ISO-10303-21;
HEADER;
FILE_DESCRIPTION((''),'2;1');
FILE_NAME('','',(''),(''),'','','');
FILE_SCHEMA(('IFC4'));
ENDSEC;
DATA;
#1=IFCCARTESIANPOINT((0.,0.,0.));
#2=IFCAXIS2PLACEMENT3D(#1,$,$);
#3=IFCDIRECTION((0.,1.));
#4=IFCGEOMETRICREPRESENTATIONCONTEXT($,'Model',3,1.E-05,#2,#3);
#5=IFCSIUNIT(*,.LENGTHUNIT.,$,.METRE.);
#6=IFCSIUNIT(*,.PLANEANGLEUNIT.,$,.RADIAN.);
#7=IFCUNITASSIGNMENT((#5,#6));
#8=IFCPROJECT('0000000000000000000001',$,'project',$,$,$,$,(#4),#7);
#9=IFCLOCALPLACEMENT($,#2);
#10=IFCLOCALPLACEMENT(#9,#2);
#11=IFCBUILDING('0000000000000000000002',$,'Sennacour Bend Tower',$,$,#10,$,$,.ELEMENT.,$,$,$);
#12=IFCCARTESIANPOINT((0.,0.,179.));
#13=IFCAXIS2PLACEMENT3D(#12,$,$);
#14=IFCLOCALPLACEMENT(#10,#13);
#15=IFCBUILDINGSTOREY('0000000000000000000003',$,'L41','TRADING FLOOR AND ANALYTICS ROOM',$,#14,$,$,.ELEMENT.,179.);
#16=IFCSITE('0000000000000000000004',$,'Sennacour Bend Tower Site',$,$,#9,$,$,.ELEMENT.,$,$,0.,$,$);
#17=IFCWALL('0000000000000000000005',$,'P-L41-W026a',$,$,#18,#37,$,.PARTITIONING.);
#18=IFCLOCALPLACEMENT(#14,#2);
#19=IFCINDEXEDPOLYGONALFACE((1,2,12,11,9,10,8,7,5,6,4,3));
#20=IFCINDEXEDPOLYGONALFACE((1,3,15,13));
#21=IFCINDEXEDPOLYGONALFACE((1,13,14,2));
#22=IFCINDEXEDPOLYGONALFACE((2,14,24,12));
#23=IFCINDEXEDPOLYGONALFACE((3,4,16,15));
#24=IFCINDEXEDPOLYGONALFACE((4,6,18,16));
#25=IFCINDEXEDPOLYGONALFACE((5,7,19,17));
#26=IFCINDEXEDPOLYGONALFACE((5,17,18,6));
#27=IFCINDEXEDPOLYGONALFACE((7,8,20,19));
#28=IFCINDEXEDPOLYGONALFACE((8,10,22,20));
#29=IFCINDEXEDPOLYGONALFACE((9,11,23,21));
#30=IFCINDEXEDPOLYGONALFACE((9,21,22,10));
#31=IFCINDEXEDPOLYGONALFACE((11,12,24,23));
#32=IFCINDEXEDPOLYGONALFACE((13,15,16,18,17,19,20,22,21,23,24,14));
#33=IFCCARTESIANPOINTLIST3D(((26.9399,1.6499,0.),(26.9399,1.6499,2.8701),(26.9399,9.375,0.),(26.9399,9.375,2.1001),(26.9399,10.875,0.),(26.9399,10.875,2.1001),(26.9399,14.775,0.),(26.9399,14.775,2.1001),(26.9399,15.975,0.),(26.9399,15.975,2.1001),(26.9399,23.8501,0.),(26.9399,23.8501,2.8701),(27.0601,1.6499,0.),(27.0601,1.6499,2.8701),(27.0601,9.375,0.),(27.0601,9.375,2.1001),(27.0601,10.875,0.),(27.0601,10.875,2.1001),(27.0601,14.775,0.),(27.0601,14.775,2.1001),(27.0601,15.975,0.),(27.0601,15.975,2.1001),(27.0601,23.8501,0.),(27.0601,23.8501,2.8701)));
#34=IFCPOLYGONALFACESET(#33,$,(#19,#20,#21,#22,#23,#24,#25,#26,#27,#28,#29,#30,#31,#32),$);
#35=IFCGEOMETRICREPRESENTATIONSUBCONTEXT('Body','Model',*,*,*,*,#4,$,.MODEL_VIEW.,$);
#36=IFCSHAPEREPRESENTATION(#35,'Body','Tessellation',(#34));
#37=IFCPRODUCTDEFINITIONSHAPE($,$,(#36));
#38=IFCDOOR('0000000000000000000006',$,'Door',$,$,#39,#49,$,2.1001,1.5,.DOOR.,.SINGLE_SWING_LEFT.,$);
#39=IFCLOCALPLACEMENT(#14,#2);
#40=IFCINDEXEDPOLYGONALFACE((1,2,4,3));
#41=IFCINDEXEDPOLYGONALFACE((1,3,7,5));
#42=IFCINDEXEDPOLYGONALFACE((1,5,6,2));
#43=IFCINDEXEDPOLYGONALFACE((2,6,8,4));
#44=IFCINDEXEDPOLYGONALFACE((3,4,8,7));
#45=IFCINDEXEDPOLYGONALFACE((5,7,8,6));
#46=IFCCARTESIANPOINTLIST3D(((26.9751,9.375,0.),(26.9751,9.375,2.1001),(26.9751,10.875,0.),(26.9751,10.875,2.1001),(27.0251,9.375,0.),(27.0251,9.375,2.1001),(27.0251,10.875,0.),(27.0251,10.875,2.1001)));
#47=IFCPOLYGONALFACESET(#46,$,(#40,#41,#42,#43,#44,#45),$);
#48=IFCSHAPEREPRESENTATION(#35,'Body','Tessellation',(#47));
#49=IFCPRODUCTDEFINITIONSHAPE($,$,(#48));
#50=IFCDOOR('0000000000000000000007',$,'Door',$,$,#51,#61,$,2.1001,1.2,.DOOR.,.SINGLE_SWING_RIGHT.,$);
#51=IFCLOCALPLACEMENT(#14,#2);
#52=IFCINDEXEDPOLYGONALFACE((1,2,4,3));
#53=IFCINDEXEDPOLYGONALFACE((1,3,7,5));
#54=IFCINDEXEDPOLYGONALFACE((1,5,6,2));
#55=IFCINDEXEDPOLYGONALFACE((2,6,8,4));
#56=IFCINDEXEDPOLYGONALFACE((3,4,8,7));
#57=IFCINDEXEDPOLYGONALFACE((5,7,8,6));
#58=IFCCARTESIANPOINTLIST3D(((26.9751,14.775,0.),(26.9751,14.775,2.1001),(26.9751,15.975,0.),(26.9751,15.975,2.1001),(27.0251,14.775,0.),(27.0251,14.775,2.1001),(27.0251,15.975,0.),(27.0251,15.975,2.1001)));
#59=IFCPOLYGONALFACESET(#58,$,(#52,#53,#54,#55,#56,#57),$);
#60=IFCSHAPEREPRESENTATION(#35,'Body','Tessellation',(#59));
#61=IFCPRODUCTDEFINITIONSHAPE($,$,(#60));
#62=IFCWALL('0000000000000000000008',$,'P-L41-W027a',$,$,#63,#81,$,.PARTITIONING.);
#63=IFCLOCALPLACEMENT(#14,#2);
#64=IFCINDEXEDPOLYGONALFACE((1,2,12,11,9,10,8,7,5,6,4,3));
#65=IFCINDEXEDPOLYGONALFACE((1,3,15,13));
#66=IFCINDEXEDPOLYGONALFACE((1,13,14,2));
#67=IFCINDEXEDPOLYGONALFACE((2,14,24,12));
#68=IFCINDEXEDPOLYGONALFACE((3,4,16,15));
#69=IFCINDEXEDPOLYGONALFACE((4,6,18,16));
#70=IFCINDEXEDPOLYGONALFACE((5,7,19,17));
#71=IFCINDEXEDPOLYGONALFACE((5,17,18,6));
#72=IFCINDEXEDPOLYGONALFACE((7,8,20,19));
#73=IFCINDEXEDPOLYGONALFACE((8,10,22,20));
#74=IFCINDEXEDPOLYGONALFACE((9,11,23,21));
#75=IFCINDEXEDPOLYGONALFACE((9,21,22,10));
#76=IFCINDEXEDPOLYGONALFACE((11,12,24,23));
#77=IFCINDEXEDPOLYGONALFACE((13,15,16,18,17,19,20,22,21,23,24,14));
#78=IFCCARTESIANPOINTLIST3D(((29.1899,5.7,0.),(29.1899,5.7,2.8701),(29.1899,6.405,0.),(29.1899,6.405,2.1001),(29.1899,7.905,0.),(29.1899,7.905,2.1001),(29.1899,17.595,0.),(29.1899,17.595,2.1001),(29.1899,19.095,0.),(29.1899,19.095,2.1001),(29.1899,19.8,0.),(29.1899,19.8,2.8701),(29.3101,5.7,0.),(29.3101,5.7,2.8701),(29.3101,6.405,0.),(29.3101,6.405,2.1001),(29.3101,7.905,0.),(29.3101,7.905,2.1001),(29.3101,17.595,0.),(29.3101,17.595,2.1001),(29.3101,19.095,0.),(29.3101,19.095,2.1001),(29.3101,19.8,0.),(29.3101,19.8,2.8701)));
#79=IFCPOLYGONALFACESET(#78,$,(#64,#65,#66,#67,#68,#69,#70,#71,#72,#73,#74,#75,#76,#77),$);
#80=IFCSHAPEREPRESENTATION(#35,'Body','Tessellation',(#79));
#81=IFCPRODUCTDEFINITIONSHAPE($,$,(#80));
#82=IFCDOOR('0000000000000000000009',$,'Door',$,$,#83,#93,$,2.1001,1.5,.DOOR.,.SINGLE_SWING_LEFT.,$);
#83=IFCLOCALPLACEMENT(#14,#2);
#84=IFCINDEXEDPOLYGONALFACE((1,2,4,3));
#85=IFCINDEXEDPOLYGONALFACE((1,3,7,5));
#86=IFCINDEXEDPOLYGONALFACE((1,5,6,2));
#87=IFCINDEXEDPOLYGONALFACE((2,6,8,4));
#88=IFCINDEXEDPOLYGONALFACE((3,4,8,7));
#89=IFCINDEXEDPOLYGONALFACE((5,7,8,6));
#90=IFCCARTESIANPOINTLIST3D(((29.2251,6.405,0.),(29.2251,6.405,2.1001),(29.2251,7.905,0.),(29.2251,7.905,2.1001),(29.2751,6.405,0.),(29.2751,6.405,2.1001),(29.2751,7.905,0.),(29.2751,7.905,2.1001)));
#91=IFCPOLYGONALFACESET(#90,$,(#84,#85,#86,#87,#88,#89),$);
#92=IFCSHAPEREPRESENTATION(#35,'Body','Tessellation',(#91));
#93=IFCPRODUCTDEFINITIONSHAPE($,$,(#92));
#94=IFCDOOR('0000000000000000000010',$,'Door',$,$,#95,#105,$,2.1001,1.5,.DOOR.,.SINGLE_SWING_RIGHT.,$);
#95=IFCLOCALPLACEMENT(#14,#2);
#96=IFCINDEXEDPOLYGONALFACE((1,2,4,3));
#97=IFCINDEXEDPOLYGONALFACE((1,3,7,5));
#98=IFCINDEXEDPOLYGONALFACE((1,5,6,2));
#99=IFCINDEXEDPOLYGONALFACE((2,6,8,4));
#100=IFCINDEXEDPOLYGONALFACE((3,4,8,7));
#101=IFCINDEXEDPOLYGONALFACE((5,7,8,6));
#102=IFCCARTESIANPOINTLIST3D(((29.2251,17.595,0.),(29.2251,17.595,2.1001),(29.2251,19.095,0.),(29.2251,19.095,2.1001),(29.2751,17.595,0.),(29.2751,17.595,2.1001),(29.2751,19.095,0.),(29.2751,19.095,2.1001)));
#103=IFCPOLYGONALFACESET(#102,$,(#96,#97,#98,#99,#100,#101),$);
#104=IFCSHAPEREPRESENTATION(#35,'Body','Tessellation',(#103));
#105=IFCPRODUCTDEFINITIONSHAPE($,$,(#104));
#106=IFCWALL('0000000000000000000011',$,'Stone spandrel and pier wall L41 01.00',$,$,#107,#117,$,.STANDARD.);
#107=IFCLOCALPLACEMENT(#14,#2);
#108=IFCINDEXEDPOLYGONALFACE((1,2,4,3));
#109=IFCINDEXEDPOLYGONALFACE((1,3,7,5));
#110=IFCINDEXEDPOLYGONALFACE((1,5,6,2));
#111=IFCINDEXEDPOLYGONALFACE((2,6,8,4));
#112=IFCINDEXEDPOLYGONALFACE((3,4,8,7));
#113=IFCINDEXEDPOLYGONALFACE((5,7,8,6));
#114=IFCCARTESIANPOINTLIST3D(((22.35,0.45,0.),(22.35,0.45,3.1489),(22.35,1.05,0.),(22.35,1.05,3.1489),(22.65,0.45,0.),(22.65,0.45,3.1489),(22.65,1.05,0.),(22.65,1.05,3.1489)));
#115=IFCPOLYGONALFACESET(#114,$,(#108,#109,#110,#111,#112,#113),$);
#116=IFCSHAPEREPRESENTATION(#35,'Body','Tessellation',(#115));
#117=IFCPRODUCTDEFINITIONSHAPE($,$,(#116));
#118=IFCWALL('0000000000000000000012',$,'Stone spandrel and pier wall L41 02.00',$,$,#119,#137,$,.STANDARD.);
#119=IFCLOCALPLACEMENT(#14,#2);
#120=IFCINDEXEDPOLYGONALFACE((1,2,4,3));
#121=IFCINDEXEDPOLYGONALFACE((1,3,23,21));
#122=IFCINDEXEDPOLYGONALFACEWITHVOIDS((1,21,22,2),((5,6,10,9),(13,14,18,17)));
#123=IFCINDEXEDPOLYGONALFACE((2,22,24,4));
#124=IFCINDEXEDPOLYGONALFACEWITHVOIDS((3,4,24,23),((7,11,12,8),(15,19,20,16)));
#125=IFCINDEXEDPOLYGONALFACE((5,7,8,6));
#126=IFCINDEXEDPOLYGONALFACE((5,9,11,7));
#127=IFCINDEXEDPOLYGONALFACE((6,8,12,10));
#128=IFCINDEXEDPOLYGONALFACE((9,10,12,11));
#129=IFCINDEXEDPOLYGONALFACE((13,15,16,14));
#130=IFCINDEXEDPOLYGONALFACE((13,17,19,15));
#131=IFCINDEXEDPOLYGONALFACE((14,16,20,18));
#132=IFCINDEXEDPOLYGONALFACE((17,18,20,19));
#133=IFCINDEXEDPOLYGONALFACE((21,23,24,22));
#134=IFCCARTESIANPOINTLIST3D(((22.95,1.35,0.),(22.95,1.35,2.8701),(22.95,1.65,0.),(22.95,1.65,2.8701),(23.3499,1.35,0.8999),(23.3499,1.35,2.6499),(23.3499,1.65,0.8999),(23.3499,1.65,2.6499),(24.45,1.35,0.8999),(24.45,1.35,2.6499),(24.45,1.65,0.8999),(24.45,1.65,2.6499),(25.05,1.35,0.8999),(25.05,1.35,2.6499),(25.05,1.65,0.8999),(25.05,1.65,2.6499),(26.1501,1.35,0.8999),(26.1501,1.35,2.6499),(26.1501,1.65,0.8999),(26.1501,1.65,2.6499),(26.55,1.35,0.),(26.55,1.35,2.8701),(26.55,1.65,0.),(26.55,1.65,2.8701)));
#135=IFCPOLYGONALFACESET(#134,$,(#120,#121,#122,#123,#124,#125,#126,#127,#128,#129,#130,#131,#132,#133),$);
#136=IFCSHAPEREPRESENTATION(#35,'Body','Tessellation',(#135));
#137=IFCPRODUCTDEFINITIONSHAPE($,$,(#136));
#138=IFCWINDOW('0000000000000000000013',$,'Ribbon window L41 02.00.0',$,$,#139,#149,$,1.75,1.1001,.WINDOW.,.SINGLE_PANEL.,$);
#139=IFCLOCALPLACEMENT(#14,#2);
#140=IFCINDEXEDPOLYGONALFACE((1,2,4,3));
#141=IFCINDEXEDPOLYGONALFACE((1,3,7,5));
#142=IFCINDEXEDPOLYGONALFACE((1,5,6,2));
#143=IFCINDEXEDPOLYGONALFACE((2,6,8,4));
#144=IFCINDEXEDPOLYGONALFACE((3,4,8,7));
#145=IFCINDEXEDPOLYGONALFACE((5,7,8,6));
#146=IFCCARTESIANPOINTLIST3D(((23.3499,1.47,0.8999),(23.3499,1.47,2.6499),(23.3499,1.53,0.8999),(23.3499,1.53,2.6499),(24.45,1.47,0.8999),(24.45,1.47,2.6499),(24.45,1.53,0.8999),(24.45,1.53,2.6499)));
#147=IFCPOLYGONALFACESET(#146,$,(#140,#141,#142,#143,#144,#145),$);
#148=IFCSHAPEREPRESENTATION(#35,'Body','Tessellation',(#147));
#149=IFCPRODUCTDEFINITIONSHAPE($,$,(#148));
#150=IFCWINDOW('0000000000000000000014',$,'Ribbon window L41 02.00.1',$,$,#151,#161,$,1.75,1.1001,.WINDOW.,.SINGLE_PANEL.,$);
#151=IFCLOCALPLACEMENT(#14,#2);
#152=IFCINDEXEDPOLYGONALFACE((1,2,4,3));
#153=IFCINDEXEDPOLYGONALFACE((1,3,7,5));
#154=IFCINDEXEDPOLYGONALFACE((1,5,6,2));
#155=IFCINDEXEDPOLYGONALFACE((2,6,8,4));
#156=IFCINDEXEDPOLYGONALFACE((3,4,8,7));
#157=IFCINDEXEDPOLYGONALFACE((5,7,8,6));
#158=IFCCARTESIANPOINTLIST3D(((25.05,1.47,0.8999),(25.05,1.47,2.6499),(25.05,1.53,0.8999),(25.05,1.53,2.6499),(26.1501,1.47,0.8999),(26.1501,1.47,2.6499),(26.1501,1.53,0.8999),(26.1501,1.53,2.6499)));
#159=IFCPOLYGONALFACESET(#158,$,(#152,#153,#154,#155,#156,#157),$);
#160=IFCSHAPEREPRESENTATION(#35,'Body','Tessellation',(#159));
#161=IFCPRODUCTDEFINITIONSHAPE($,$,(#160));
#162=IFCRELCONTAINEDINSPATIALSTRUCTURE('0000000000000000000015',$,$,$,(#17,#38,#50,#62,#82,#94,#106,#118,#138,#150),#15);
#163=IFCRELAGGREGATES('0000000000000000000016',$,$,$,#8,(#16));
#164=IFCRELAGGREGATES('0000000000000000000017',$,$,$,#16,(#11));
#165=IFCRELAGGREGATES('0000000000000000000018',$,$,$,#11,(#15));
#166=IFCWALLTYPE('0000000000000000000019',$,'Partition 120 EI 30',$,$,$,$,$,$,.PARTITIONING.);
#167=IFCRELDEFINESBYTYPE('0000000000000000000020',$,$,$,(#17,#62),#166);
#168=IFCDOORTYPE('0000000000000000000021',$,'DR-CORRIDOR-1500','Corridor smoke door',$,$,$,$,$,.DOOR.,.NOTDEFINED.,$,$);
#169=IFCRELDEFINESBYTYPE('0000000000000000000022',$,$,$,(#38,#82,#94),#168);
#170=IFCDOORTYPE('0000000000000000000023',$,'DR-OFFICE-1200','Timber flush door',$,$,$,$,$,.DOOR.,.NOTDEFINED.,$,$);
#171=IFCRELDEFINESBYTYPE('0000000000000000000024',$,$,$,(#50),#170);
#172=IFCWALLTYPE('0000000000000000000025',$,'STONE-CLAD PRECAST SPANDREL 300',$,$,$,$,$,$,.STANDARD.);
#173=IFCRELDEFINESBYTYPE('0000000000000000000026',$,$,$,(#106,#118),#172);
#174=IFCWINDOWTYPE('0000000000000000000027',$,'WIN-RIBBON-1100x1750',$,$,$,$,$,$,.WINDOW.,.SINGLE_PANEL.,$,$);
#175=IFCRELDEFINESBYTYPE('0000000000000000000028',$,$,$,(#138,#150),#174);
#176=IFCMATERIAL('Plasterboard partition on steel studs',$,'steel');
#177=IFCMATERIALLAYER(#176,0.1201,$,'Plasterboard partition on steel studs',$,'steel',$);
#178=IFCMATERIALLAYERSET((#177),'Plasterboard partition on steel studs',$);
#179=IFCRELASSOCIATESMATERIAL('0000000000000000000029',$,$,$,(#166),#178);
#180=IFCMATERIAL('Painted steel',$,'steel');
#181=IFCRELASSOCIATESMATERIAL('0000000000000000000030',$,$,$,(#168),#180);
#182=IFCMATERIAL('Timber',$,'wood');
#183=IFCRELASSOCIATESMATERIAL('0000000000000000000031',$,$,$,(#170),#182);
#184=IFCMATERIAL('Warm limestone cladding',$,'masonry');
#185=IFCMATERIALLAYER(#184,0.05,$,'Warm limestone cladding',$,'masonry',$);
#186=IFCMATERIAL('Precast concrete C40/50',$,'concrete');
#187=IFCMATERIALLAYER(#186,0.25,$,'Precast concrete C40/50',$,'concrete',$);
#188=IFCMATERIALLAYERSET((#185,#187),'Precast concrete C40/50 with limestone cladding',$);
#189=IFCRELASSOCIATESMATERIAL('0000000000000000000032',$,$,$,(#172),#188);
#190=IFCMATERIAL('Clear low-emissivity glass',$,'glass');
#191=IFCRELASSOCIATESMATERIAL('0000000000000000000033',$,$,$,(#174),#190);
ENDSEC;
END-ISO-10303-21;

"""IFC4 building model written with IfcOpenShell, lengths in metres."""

from ifc_helpers import new_model, si_unit, direction, frame, frame_2d, origin, place, context, subcontext, project, spatial, rectangle, extrude, material, layer, layer_set, type_object, element, fill, save


model = new_model("IFC4")

# Units and contexts
model_context = context("Model", 3, precision=1e-05, world=origin(), true_north=direction((0.0, 1.0)))
body_context = subcontext(model_context, "Body", "Model", "MODEL_VIEW")
ifc_project = project(units=[si_unit("LENGTHUNIT", "METRE"), si_unit("PLANEANGLEUNIT", "RADIAN")], contexts=[model_context])

# Site, building, storey
site_placement = place(None, origin())
site = spatial("IfcSite", under=ifc_project, at=site_placement, Name="Sennacour Bend Tower Site", CompositionType="ELEMENT", RefElevation=0.0)
building_placement = place(site_placement, origin())
building = spatial("IfcBuilding", under=site, at=building_placement, Name="Sennacour Bend Tower", CompositionType="ELEMENT")
storey_placement = place(building_placement, frame((0.0, 0.0, 179.0)))
storey = spatial("IfcBuildingStorey", under=building, at=storey_placement, Name="L41", Description="TRADING FLOOR AND ANALYTICS ROOM", CompositionType="ELEMENT", Elevation=179.0)

# Shared definitions
ifc_material_1 = material(Name="Plasterboard partition on steel studs", Category="steel")

# Shared definitions
ifc_material_2 = material(Name="Timber", Category="wood")

# Walls, openings, doors
ifc_layer_1 = layer(ifc_material_1, 0.1201, Name="Plasterboard partition on steel studs", Category="steel")
ifc_layer_set_1 = layer_set([ifc_layer_1], Name="Plasterboard partition on steel studs")
wall_type_1 = type_object("IfcWallType", Name="Partition 120 EI 30", PredefinedType="PARTITIONING", material=ifc_layer_set_1)
wall_1_placement = place(storey_placement, frame((27.0, 1.6499, 0.0), z_axis=(0.0, 0.0, 1.0), x_axis=(0.0, 1.0, 0.0)))
wall_1 = element("IfcWall", 1, at=wall_1_placement, inside=storey, type_object=wall_type_1, Name="P-L41-W026a", PredefinedType="PARTITIONING", context=body_context, shape_type="SweptSolid", body=[
    extrude(rectangle(XDim=22.2002, YDim=0.1201, at=frame_2d((11.1001, 0.0))), origin(), (0.0, 0.0, 1.0), 2.8701),
])
opening_1_placement = place(wall_1_placement, frame((7.7251, 0.0, 0.0)))
opening_1 = element("IfcOpeningElement", 2, at=opening_1_placement, cuts=wall_1, PredefinedType="OPENING", context=body_context, shape_type="SweptSolid", body=[
    extrude(rectangle(XDim=1.5, YDim=2.1001, at=frame_2d((0.75, 1.05))), frame((0.0, 0.0701, 0.0), z_axis=(0.0, -1.0, 0.0), x_axis=(1.0, 0.0, 0.0)), (0.0, 0.0, 1.0), 0.1401),
])
opening_2_placement = place(wall_1_placement, frame((13.125, 0.0, 0.0)))
opening_2 = element("IfcOpeningElement", 3, at=opening_2_placement, cuts=wall_1, PredefinedType="OPENING", context=body_context, shape_type="SweptSolid", body=[
    extrude(rectangle(XDim=1.2, YDim=2.1001, at=frame_2d((0.6001, 1.05))), frame((0.0, 0.0701, 0.0), z_axis=(0.0, -1.0, 0.0), x_axis=(1.0, 0.0, 0.0)), (0.0, 0.0, 1.0), 0.1401),
])
ifc_material_3 = material(Name="Painted steel", Category="steel")
door_type_1 = type_object("IfcDoorType", Name="DR-CORRIDOR-1500", Description="Corridor smoke door", OperationType="NOTDEFINED", PredefinedType="DOOR", material=ifc_material_3)
door_1_placement = place(opening_1_placement, origin())
door_1 = element("IfcDoor", 4, at=door_1_placement, inside=storey, type_object=door_type_1, Name="Door", OperationType="SINGLE_SWING_LEFT", OverallHeight=2.1001, OverallWidth=1.5, PredefinedType="DOOR", context=body_context, shape_type="SweptSolid", body=[
    extrude(rectangle(XDim=1.5, YDim=2.1001, at=frame_2d((0.75, 1.05))), frame((0.0, 0.0249, 0.0), z_axis=(0.0, -1.0, 0.0), x_axis=(1.0, 0.0, 0.0)), (0.0, 0.0, 1.0), 0.05),
])
fill(opening_1, door_1)
door_type_2 = type_object("IfcDoorType", Name="DR-OFFICE-1200", Description="Timber flush door", OperationType="NOTDEFINED", PredefinedType="DOOR", material=ifc_material_2)
door_2_placement = place(opening_2_placement, origin())
door_2 = element("IfcDoor", 5, at=door_2_placement, inside=storey, type_object=door_type_2, Name="Door", OperationType="SINGLE_SWING_RIGHT", OverallHeight=2.1001, OverallWidth=1.2, PredefinedType="DOOR", context=body_context, shape_type="SweptSolid", body=[
    extrude(rectangle(XDim=1.2, YDim=2.1001, at=frame_2d((0.6001, 1.05))), frame((0.0, 0.0249, 0.0), z_axis=(0.0, -1.0, 0.0), x_axis=(1.0, 0.0, 0.0)), (0.0, 0.0, 1.0), 0.05),
])
fill(opening_2, door_2)
wall_2_placement = place(storey_placement, frame((29.25, 5.7, 0.0), z_axis=(0.0, 0.0, 1.0), x_axis=(0.0, 1.0, 0.0)))
wall_2 = element("IfcWall", 6, at=wall_2_placement, inside=storey, type_object=wall_type_1, Name="P-L41-W027a", PredefinedType="PARTITIONING", context=body_context, shape_type="SweptSolid", body=[
    extrude(rectangle(XDim=14.1001, YDim=0.1201, at=frame_2d((7.05, 0.0))), origin(), (0.0, 0.0, 1.0), 2.8701),
])
opening_3_placement = place(wall_2_placement, frame((0.7051, 0.0, 0.0)))
opening_3 = element("IfcOpeningElement", 7, at=opening_3_placement, cuts=wall_2, PredefinedType="OPENING", context=body_context, shape_type="SweptSolid", body=[
    extrude(rectangle(XDim=1.5, YDim=2.1001, at=frame_2d((0.75, 1.05))), frame((0.0, 0.0701, 0.0), z_axis=(0.0, -1.0, 0.0), x_axis=(1.0, 0.0, 0.0)), (0.0, 0.0, 1.0), 0.1401),
])
opening_4_placement = place(wall_2_placement, frame((11.895, 0.0, 0.0)))
opening_4 = element("IfcOpeningElement", 8, at=opening_4_placement, cuts=wall_2, PredefinedType="OPENING", context=body_context, shape_type="SweptSolid", body=[
    extrude(rectangle(XDim=1.5, YDim=2.1001, at=frame_2d((0.75, 1.05))), frame((0.0, 0.0701, 0.0), z_axis=(0.0, -1.0, 0.0), x_axis=(1.0, 0.0, 0.0)), (0.0, 0.0, 1.0), 0.1401),
])
door_3_placement = place(opening_3_placement, origin())
door_3 = element("IfcDoor", 9, at=door_3_placement, inside=storey, type_object=door_type_1, Name="Door", OperationType="SINGLE_SWING_LEFT", OverallHeight=2.1001, OverallWidth=1.5, PredefinedType="DOOR", context=body_context, shape_type="SweptSolid", body=[
    extrude(rectangle(XDim=1.5, YDim=2.1001, at=frame_2d((0.75, 1.05))), frame((0.0, 0.0249, 0.0), z_axis=(0.0, -1.0, 0.0), x_axis=(1.0, 0.0, 0.0)), (0.0, 0.0, 1.0), 0.05),
])
fill(opening_3, door_3)
door_4_placement = place(opening_4_placement, origin())
door_4 = element("IfcDoor", 10, at=door_4_placement, inside=storey, type_object=door_type_1, Name="Door", OperationType="SINGLE_SWING_RIGHT", OverallHeight=2.1001, OverallWidth=1.5, PredefinedType="DOOR", context=body_context, shape_type="SweptSolid", body=[
    extrude(rectangle(XDim=1.5, YDim=2.1001, at=frame_2d((0.75, 1.05))), frame((0.0, 0.0249, 0.0), z_axis=(0.0, -1.0, 0.0), x_axis=(1.0, 0.0, 0.0)), (0.0, 0.0, 1.0), 0.05),
])
fill(opening_4, door_4)

# Wall
ifc_material_4 = material(Name="Warm limestone cladding", Category="masonry")
ifc_layer_2 = layer(ifc_material_4, 0.05, Name="Warm limestone cladding", Category="masonry")
ifc_material_5 = material(Name="Precast concrete C40/50", Category="concrete")
ifc_layer_3 = layer(ifc_material_5, 0.25, Name="Precast concrete C40/50", Category="concrete")
ifc_layer_set_2 = layer_set([ifc_layer_2, ifc_layer_3], Name="Precast concrete C40/50 with limestone cladding")
wall_type_2 = type_object("IfcWallType", Name="STONE-CLAD PRECAST SPANDREL 300", PredefinedType="STANDARD", material=ifc_layer_set_2)
wall_3_placement = place(storey_placement, frame((22.5, 0.45, 0.0), z_axis=(0.0, 0.0, 1.0), x_axis=(0.0, 1.0, 0.0)))
element("IfcWall", 11, at=wall_3_placement, inside=storey, type_object=wall_type_2, Name="Stone spandrel and pier wall L41 01.00", PredefinedType="STANDARD", context=body_context, shape_type="SweptSolid", body=[
    extrude(rectangle(XDim=0.6001, YDim=0.3, at=frame_2d((0.3, 0.0))), origin(), (0.0, 0.0, 1.0), 3.1489),
])

# Wall, openings, windows
wall_4_placement = place(storey_placement, frame((22.95, 1.5, 0.0), z_axis=(0.0, 0.0, 1.0), x_axis=(1.0, 0.0, 0.0)))
wall_4 = element("IfcWall", 12, at=wall_4_placement, inside=storey, type_object=wall_type_2, Name="Stone spandrel and pier wall L41 02.00", PredefinedType="STANDARD", context=body_context, shape_type="SweptSolid", body=[
    extrude(rectangle(XDim=3.6001, YDim=0.3, at=frame_2d((1.8, 0.0))), origin(), (0.0, 0.0, 1.0), 2.8701),
])
opening_5_placement = place(wall_4_placement, frame((0.3999, 0.0, 0.8999)))
opening_5 = element("IfcOpeningElement", 13, at=opening_5_placement, cuts=wall_4, PredefinedType="OPENING", context=body_context, shape_type="SweptSolid", body=[
    extrude(rectangle(XDim=1.1001, YDim=1.75, at=frame_2d((0.55, 0.875))), frame((0.0, 0.1602, 0.0), z_axis=(0.0, -1.0, 0.0), x_axis=(1.0, 0.0, 0.0)), (0.0, 0.0, 1.0), 0.3201),
])
opening_6_placement = place(wall_4_placement, frame((2.1001, 0.0, 0.8999)))
opening_6 = element("IfcOpeningElement", 14, at=opening_6_placement, cuts=wall_4, PredefinedType="OPENING", context=body_context, shape_type="SweptSolid", body=[
    extrude(rectangle(XDim=1.1001, YDim=1.75, at=frame_2d((0.55, 0.875))), frame((0.0, 0.1602, 0.0), z_axis=(0.0, -1.0, 0.0), x_axis=(1.0, 0.0, 0.0)), (0.0, 0.0, 1.0), 0.3201),
])
ifc_material_6 = material(Name="Clear low-emissivity glass", Category="glass")
window_type = type_object("IfcWindowType", Name="WIN-RIBBON-1100x1750", PartitioningType="SINGLE_PANEL", PredefinedType="WINDOW", material=ifc_material_6)
window_1_placement = place(opening_5_placement, origin())
window_1 = element("IfcWindow", 15, at=window_1_placement, inside=storey, type_object=window_type, Name="Ribbon window L41 02.00.0", OverallHeight=1.75, OverallWidth=1.1001, PartitioningType="SINGLE_PANEL", PredefinedType="WINDOW", context=body_context, shape_type="SweptSolid", body=[
    extrude(rectangle(XDim=1.1001, YDim=1.75, at=frame_2d((0.55, 0.875))), frame((0.0, 0.03, 0.0), z_axis=(0.0, -1.0, 0.0), x_axis=(1.0, 0.0, 0.0)), (0.0, 0.0, 1.0), 0.0601),
])
fill(opening_5, window_1)
window_2_placement = place(opening_6_placement, origin())
window_2 = element("IfcWindow", 16, at=window_2_placement, inside=storey, type_object=window_type, Name="Ribbon window L41 02.00.1", OverallHeight=1.75, OverallWidth=1.1001, PartitioningType="SINGLE_PANEL", PredefinedType="WINDOW", context=body_context, shape_type="SweptSolid", body=[
    extrude(rectangle(XDim=1.1001, YDim=1.75, at=frame_2d((0.55, 0.875))), frame((0.0, 0.03, 0.0), z_axis=(0.0, -1.0, 0.0), x_axis=(1.0, 0.0, 0.0)), (0.0, 0.0, 1.0), 0.0601),
])
fill(opening_6, window_2)

save(model, "model.ifc")
